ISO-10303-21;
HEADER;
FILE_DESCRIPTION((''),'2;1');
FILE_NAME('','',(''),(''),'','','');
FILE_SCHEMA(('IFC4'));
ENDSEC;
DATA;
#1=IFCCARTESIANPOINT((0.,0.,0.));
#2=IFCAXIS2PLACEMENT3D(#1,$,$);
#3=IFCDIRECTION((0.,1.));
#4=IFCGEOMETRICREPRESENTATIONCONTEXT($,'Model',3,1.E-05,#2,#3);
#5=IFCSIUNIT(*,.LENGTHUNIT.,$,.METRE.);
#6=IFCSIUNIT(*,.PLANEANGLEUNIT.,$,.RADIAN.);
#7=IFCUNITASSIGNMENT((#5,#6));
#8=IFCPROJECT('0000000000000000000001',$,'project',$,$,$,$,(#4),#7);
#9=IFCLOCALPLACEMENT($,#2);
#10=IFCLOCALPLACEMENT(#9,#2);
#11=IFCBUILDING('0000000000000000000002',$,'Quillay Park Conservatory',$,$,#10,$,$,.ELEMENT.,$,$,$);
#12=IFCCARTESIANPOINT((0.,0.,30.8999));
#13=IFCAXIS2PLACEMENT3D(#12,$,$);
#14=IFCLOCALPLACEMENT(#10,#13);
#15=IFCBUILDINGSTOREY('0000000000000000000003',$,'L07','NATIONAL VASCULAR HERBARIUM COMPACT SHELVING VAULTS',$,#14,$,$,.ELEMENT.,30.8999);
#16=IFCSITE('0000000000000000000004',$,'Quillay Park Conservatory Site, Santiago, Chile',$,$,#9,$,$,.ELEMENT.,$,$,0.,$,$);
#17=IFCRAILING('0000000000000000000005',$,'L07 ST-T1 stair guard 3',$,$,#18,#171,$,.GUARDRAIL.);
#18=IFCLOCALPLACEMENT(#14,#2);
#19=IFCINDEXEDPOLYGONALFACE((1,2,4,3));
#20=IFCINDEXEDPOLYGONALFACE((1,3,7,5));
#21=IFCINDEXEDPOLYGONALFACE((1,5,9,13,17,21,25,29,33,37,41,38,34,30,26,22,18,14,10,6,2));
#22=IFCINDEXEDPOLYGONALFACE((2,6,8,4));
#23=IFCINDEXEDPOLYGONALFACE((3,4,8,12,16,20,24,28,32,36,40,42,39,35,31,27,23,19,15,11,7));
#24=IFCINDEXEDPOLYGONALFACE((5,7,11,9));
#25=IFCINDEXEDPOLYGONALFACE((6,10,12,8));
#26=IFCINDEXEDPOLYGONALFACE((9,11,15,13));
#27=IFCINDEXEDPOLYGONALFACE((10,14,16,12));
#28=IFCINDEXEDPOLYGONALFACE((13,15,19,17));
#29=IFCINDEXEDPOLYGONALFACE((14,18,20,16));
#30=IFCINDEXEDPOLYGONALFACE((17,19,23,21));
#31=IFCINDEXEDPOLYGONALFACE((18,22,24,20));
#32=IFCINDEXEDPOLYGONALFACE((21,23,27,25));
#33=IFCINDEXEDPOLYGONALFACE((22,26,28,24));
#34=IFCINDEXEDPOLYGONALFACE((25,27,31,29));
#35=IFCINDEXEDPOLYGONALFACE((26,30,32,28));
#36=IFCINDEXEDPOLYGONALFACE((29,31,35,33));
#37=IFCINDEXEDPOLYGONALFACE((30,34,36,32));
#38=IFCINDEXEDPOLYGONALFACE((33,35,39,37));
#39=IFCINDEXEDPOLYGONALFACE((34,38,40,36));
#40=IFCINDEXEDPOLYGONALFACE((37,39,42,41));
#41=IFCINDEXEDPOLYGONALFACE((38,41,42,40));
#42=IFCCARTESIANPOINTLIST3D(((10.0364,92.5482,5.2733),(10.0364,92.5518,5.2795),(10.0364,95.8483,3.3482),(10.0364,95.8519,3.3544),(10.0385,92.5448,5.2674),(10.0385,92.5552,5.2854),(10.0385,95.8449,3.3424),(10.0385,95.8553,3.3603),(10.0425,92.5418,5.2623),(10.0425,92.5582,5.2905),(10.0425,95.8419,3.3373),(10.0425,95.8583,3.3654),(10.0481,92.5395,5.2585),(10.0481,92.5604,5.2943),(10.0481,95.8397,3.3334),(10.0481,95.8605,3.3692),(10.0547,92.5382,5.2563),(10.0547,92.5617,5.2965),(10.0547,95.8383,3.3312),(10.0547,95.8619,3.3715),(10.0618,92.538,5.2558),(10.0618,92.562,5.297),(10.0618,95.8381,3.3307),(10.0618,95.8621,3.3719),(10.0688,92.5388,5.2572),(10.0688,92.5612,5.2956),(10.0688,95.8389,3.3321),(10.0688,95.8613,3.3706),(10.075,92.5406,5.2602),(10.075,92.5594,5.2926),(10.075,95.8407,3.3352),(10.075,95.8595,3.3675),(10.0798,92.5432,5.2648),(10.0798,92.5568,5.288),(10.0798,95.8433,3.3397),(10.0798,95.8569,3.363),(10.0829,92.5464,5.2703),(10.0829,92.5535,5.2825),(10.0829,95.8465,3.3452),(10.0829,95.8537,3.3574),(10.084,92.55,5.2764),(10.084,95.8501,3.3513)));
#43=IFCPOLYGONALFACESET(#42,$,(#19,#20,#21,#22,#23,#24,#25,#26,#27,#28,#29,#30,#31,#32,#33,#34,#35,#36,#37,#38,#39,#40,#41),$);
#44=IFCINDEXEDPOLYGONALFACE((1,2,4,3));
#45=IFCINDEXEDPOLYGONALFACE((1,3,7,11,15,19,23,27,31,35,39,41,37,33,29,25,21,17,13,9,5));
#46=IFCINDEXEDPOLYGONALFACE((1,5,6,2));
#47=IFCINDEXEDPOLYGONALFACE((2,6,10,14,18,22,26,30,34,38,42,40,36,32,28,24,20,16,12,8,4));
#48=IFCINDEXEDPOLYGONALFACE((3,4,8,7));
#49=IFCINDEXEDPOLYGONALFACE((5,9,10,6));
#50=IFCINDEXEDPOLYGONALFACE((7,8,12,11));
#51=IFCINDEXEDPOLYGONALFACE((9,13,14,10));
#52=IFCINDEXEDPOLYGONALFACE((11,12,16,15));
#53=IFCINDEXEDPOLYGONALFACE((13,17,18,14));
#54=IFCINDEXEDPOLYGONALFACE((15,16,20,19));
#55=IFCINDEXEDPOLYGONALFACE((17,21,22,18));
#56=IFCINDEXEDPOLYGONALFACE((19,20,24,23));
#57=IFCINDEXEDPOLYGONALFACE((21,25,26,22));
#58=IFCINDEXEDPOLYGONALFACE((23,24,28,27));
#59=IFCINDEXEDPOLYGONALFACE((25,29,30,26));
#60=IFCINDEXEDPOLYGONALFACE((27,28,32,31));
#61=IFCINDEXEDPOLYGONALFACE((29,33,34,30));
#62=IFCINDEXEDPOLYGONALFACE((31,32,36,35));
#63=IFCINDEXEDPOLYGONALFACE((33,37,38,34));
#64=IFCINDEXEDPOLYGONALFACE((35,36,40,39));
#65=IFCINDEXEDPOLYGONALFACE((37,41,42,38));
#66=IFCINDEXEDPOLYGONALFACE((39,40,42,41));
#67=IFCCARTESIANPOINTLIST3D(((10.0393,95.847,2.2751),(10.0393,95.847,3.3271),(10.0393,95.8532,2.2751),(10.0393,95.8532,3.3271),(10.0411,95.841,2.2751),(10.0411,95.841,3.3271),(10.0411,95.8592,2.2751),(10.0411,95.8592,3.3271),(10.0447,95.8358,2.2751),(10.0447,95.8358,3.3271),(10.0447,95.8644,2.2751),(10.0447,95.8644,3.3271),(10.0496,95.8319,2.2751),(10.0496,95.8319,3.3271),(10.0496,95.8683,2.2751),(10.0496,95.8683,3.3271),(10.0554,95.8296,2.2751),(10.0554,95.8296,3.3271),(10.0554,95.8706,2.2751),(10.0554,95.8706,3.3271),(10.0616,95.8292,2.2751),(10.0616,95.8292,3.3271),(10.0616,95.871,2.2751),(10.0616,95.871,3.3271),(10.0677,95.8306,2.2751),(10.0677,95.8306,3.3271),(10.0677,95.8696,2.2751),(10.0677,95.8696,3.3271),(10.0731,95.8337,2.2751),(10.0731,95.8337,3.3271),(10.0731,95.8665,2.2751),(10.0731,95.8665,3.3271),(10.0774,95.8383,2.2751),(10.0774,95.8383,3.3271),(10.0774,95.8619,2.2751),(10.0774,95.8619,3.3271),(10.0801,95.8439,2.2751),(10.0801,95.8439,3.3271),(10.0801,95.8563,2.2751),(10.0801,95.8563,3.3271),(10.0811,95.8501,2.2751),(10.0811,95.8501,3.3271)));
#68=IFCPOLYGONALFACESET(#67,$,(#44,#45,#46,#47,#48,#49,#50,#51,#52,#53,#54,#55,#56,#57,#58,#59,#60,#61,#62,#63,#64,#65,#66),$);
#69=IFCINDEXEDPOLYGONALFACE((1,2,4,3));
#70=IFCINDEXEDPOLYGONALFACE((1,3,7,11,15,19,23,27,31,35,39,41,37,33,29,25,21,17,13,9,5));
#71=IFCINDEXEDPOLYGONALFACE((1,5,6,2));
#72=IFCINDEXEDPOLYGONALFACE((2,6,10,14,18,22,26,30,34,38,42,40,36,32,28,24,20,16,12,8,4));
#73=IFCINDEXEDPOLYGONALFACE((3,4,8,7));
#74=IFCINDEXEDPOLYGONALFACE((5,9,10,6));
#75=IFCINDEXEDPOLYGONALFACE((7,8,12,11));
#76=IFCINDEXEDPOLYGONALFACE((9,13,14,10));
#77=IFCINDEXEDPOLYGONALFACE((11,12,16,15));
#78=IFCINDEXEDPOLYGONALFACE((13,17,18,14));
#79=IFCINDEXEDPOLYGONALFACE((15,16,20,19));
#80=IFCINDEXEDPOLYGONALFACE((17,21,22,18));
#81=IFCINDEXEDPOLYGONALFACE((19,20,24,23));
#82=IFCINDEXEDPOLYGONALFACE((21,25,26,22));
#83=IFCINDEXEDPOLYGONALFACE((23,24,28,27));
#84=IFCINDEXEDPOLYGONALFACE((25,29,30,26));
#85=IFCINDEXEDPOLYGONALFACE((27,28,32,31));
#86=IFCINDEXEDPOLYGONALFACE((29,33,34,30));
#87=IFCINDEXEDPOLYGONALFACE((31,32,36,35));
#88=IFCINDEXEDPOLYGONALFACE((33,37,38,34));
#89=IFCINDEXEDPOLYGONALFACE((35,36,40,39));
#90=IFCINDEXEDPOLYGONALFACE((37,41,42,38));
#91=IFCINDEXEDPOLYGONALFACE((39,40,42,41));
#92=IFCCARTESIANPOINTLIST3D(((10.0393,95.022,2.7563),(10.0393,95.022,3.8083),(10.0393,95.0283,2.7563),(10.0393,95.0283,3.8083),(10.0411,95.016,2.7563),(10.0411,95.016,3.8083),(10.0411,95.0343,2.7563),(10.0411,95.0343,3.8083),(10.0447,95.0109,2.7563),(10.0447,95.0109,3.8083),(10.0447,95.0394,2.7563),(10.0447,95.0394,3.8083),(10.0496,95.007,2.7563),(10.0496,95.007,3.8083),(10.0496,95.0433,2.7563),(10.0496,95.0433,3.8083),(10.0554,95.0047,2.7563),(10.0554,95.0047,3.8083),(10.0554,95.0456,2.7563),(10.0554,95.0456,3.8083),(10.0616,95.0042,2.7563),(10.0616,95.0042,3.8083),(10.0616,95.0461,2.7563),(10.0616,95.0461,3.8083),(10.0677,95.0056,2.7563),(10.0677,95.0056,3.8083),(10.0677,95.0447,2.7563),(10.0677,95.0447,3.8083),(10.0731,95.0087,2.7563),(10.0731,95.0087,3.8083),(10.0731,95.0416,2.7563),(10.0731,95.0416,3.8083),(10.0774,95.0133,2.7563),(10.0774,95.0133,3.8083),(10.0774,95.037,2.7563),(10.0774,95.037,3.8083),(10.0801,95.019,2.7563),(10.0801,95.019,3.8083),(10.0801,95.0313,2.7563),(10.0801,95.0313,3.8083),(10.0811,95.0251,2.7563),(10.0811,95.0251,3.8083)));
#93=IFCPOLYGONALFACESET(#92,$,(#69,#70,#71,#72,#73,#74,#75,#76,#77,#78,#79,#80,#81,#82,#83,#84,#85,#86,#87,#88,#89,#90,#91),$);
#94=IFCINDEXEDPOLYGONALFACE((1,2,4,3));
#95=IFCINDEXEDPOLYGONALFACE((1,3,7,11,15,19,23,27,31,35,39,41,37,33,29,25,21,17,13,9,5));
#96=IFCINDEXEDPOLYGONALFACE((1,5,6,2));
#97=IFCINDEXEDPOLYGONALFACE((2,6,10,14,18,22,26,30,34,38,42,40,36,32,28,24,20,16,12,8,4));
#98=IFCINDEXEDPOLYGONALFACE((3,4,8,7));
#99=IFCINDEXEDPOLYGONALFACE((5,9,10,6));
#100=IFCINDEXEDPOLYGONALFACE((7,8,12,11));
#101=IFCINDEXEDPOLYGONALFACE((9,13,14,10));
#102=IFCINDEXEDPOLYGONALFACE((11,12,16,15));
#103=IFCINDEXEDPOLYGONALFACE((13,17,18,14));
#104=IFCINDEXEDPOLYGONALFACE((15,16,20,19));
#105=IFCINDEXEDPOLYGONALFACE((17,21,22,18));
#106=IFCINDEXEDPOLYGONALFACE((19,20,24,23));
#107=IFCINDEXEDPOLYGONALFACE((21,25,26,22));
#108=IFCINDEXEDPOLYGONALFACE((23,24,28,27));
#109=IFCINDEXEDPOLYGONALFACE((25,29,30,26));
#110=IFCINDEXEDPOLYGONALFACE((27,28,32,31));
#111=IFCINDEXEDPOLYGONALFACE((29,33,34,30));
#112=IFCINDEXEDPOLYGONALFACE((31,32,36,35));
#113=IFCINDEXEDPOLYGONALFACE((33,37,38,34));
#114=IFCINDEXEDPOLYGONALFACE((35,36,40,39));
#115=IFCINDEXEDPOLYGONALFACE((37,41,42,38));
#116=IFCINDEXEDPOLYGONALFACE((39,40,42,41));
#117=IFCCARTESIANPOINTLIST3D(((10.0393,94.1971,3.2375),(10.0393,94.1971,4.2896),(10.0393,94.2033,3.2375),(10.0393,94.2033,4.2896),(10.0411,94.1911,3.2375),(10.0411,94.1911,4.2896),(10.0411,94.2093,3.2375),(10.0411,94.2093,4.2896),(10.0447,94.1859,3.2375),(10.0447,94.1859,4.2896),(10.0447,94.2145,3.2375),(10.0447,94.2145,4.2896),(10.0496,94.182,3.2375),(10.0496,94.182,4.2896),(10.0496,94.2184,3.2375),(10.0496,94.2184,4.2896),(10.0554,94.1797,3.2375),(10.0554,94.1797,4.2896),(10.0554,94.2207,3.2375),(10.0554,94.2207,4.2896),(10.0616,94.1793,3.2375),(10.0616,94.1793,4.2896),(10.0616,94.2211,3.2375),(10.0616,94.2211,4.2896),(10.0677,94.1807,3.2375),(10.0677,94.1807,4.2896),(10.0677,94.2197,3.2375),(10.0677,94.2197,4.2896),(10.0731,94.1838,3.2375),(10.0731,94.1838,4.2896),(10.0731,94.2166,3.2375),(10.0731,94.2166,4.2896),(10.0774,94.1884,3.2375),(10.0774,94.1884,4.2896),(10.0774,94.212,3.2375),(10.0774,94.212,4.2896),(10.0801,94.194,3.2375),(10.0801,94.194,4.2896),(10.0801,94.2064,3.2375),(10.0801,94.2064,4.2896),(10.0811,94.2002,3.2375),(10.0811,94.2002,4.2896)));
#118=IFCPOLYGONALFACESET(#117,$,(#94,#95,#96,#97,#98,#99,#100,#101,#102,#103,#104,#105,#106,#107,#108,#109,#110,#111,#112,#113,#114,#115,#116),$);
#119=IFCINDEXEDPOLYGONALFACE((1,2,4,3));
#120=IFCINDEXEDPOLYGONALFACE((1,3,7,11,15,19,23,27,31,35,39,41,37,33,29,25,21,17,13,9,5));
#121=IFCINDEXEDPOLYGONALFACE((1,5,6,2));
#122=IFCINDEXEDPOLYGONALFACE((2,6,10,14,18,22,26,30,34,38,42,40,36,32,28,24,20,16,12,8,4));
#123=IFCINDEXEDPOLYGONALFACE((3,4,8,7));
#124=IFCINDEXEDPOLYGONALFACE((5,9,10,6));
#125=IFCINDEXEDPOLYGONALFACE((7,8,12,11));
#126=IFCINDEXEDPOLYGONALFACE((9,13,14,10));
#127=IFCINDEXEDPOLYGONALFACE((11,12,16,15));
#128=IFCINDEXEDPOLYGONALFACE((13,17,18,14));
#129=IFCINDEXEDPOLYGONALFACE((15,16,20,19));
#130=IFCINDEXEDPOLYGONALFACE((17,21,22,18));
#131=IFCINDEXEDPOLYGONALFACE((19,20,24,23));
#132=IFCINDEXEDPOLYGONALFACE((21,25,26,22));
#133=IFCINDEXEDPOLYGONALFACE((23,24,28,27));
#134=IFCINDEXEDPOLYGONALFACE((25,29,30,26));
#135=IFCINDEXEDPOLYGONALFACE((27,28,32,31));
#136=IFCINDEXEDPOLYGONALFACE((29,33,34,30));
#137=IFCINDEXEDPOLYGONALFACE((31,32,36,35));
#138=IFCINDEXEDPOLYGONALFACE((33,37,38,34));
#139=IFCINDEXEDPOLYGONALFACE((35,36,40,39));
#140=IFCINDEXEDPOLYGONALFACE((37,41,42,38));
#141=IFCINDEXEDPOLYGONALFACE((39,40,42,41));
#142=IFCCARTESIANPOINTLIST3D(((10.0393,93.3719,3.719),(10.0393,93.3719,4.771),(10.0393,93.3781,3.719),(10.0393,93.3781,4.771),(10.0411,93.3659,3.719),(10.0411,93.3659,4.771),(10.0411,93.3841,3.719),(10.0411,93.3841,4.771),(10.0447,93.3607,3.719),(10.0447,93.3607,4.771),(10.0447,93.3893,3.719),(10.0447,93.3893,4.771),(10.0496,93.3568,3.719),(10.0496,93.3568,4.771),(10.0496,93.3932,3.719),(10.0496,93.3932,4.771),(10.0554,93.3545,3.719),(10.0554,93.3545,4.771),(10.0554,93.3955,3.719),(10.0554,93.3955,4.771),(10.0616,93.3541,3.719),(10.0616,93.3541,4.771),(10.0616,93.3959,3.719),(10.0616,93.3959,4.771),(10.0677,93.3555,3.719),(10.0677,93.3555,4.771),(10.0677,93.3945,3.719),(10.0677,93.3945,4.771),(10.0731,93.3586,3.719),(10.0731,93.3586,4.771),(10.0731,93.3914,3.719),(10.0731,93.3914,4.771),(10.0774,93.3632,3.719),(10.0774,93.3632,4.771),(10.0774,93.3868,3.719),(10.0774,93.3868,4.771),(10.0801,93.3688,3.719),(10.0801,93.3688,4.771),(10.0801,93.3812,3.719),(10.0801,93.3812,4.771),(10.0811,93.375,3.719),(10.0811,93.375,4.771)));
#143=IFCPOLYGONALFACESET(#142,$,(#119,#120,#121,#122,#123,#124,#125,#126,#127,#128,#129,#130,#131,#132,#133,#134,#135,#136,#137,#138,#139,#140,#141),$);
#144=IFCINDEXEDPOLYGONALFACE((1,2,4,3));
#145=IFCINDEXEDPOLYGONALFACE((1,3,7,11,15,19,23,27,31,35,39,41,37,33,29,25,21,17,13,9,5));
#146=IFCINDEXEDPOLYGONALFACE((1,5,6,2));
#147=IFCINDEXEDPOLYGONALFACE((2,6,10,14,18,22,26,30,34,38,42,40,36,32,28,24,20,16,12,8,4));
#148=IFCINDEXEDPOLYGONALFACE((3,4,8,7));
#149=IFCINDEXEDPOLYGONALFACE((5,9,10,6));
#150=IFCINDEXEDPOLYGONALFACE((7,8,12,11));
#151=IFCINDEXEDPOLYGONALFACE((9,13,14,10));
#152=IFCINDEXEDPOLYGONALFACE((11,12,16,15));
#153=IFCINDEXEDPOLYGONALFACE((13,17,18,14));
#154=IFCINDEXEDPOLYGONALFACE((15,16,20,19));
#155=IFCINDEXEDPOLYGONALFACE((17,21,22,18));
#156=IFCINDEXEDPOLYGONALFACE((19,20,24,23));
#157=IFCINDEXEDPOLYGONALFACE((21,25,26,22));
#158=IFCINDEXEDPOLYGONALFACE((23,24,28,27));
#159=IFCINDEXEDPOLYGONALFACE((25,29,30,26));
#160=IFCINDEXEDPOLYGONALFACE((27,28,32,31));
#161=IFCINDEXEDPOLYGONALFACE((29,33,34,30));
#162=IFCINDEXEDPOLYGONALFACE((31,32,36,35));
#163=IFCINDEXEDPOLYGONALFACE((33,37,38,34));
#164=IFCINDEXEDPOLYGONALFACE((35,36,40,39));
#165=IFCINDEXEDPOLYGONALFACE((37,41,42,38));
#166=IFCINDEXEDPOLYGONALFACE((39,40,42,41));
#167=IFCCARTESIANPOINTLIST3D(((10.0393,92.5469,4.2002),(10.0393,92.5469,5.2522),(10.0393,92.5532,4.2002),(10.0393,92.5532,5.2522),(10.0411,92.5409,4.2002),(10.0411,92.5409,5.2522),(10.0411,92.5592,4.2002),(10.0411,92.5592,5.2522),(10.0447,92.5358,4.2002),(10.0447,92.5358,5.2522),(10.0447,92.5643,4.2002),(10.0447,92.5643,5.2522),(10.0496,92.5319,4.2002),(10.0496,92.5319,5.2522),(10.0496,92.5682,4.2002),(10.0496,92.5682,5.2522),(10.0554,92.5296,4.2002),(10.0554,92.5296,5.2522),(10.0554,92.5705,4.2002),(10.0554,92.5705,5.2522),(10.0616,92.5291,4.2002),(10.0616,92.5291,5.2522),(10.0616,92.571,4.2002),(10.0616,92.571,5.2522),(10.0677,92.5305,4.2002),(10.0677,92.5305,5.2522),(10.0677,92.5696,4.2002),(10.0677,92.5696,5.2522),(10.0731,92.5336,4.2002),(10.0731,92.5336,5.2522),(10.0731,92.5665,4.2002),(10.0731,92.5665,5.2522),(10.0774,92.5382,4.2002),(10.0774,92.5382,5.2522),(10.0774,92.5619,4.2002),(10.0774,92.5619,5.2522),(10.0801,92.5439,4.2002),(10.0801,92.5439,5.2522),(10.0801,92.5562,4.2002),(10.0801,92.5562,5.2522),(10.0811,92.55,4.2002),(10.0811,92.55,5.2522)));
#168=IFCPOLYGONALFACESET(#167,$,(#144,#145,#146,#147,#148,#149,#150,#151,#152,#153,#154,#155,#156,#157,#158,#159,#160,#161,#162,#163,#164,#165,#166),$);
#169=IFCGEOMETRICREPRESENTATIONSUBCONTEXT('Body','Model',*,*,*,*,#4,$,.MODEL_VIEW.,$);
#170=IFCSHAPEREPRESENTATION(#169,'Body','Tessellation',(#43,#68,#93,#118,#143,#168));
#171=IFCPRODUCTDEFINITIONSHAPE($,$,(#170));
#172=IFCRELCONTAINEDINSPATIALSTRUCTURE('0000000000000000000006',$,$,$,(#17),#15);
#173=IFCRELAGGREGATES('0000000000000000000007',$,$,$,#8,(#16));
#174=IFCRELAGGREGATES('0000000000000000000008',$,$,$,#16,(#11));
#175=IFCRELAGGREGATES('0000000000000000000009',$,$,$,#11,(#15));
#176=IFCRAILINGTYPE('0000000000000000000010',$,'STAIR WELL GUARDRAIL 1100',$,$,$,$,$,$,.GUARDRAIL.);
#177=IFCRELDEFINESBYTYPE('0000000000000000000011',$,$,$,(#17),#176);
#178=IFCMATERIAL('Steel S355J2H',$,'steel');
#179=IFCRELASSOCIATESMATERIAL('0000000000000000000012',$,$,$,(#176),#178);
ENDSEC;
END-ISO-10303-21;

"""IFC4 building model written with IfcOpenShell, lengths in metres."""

from ifc_helpers import new_model, si_unit, direction, frame, origin, origin_2d, place, context, subcontext, project, spatial, circle, extrude, material, type_object, element, save


model = new_model("IFC4")

# Units and contexts
model_context = context("Model", 3, precision=1e-05, world=origin(), true_north=direction((0.0, 1.0)))
body_context = subcontext(model_context, "Body", "Model", "MODEL_VIEW")
ifc_project = project(units=[si_unit("LENGTHUNIT", "METRE"), si_unit("PLANEANGLEUNIT", "RADIAN")], contexts=[model_context])

# Site, building, storey
site_placement = place(None, origin())
site = spatial("IfcSite", under=ifc_project, at=site_placement, Name="Quillay Park Conservatory Site, Santiago, Chile", CompositionType="ELEMENT", RefElevation=0.0)
building_placement = place(site_placement, origin())
building = spatial("IfcBuilding", under=site, at=building_placement, Name="Quillay Park Conservatory", CompositionType="ELEMENT")
storey_placement = place(building_placement, frame((0.0, 0.0, 30.8999)))
storey = spatial("IfcBuildingStorey", under=building, at=storey_placement, Name="L07", Description="NATIONAL VASCULAR HERBARIUM COMPACT SHELVING VAULTS", CompositionType="ELEMENT", Elevation=30.8999)

# Railing
ifc_material_1 = material(Name="Steel S355J2H", Category="steel")
railing_type_1 = type_object("IfcRailingType", Name="STAIR WELL GUARDRAIL 1100", PredefinedType="GUARDRAIL", material=ifc_material_1)
railing_1_placement = place(storey_placement, frame((10.0601, 95.8501, 2.2751)))
element("IfcRailing", 1, at=railing_1_placement, inside=storey, type_object=railing_type_1, Name="L07 ST-T1 stair guard 3", PredefinedType="GUARDRAIL", context=body_context, shape_type="SweptSolid", body=[
    extrude(circle(Radius=0.0239, at=origin_2d()), frame((0.0, 0.0, 1.0762), z_axis=(0.0, -0.863777, 0.503875), x_axis=(1.0, 0.0, 0.0)), (0.0, 0.0, 1.0), 3.8206),
    extrude(circle(Radius=0.021, at=origin_2d()), origin(), (0.0, 0.0, 1.0), 1.052),
    extrude(circle(Radius=0.021, at=origin_2d()), frame((0.0, -0.825, 0.4812)), (0.0, 0.0, 1.0), 1.052),
    extrude(circle(Radius=0.021, at=origin_2d()), frame((0.0, -1.6499, 0.9624)), (0.0, 0.0, 1.0), 1.052),
    extrude(circle(Radius=0.021, at=origin_2d()), frame((0.0, -2.4751, 1.4438)), (0.0, 0.0, 1.0), 1.052),
    extrude(circle(Radius=0.021, at=origin_2d()), frame((0.0, -3.3, 1.925)), (0.0, 0.0, 1.0), 1.052),
])

save(model, "model.ifc")
